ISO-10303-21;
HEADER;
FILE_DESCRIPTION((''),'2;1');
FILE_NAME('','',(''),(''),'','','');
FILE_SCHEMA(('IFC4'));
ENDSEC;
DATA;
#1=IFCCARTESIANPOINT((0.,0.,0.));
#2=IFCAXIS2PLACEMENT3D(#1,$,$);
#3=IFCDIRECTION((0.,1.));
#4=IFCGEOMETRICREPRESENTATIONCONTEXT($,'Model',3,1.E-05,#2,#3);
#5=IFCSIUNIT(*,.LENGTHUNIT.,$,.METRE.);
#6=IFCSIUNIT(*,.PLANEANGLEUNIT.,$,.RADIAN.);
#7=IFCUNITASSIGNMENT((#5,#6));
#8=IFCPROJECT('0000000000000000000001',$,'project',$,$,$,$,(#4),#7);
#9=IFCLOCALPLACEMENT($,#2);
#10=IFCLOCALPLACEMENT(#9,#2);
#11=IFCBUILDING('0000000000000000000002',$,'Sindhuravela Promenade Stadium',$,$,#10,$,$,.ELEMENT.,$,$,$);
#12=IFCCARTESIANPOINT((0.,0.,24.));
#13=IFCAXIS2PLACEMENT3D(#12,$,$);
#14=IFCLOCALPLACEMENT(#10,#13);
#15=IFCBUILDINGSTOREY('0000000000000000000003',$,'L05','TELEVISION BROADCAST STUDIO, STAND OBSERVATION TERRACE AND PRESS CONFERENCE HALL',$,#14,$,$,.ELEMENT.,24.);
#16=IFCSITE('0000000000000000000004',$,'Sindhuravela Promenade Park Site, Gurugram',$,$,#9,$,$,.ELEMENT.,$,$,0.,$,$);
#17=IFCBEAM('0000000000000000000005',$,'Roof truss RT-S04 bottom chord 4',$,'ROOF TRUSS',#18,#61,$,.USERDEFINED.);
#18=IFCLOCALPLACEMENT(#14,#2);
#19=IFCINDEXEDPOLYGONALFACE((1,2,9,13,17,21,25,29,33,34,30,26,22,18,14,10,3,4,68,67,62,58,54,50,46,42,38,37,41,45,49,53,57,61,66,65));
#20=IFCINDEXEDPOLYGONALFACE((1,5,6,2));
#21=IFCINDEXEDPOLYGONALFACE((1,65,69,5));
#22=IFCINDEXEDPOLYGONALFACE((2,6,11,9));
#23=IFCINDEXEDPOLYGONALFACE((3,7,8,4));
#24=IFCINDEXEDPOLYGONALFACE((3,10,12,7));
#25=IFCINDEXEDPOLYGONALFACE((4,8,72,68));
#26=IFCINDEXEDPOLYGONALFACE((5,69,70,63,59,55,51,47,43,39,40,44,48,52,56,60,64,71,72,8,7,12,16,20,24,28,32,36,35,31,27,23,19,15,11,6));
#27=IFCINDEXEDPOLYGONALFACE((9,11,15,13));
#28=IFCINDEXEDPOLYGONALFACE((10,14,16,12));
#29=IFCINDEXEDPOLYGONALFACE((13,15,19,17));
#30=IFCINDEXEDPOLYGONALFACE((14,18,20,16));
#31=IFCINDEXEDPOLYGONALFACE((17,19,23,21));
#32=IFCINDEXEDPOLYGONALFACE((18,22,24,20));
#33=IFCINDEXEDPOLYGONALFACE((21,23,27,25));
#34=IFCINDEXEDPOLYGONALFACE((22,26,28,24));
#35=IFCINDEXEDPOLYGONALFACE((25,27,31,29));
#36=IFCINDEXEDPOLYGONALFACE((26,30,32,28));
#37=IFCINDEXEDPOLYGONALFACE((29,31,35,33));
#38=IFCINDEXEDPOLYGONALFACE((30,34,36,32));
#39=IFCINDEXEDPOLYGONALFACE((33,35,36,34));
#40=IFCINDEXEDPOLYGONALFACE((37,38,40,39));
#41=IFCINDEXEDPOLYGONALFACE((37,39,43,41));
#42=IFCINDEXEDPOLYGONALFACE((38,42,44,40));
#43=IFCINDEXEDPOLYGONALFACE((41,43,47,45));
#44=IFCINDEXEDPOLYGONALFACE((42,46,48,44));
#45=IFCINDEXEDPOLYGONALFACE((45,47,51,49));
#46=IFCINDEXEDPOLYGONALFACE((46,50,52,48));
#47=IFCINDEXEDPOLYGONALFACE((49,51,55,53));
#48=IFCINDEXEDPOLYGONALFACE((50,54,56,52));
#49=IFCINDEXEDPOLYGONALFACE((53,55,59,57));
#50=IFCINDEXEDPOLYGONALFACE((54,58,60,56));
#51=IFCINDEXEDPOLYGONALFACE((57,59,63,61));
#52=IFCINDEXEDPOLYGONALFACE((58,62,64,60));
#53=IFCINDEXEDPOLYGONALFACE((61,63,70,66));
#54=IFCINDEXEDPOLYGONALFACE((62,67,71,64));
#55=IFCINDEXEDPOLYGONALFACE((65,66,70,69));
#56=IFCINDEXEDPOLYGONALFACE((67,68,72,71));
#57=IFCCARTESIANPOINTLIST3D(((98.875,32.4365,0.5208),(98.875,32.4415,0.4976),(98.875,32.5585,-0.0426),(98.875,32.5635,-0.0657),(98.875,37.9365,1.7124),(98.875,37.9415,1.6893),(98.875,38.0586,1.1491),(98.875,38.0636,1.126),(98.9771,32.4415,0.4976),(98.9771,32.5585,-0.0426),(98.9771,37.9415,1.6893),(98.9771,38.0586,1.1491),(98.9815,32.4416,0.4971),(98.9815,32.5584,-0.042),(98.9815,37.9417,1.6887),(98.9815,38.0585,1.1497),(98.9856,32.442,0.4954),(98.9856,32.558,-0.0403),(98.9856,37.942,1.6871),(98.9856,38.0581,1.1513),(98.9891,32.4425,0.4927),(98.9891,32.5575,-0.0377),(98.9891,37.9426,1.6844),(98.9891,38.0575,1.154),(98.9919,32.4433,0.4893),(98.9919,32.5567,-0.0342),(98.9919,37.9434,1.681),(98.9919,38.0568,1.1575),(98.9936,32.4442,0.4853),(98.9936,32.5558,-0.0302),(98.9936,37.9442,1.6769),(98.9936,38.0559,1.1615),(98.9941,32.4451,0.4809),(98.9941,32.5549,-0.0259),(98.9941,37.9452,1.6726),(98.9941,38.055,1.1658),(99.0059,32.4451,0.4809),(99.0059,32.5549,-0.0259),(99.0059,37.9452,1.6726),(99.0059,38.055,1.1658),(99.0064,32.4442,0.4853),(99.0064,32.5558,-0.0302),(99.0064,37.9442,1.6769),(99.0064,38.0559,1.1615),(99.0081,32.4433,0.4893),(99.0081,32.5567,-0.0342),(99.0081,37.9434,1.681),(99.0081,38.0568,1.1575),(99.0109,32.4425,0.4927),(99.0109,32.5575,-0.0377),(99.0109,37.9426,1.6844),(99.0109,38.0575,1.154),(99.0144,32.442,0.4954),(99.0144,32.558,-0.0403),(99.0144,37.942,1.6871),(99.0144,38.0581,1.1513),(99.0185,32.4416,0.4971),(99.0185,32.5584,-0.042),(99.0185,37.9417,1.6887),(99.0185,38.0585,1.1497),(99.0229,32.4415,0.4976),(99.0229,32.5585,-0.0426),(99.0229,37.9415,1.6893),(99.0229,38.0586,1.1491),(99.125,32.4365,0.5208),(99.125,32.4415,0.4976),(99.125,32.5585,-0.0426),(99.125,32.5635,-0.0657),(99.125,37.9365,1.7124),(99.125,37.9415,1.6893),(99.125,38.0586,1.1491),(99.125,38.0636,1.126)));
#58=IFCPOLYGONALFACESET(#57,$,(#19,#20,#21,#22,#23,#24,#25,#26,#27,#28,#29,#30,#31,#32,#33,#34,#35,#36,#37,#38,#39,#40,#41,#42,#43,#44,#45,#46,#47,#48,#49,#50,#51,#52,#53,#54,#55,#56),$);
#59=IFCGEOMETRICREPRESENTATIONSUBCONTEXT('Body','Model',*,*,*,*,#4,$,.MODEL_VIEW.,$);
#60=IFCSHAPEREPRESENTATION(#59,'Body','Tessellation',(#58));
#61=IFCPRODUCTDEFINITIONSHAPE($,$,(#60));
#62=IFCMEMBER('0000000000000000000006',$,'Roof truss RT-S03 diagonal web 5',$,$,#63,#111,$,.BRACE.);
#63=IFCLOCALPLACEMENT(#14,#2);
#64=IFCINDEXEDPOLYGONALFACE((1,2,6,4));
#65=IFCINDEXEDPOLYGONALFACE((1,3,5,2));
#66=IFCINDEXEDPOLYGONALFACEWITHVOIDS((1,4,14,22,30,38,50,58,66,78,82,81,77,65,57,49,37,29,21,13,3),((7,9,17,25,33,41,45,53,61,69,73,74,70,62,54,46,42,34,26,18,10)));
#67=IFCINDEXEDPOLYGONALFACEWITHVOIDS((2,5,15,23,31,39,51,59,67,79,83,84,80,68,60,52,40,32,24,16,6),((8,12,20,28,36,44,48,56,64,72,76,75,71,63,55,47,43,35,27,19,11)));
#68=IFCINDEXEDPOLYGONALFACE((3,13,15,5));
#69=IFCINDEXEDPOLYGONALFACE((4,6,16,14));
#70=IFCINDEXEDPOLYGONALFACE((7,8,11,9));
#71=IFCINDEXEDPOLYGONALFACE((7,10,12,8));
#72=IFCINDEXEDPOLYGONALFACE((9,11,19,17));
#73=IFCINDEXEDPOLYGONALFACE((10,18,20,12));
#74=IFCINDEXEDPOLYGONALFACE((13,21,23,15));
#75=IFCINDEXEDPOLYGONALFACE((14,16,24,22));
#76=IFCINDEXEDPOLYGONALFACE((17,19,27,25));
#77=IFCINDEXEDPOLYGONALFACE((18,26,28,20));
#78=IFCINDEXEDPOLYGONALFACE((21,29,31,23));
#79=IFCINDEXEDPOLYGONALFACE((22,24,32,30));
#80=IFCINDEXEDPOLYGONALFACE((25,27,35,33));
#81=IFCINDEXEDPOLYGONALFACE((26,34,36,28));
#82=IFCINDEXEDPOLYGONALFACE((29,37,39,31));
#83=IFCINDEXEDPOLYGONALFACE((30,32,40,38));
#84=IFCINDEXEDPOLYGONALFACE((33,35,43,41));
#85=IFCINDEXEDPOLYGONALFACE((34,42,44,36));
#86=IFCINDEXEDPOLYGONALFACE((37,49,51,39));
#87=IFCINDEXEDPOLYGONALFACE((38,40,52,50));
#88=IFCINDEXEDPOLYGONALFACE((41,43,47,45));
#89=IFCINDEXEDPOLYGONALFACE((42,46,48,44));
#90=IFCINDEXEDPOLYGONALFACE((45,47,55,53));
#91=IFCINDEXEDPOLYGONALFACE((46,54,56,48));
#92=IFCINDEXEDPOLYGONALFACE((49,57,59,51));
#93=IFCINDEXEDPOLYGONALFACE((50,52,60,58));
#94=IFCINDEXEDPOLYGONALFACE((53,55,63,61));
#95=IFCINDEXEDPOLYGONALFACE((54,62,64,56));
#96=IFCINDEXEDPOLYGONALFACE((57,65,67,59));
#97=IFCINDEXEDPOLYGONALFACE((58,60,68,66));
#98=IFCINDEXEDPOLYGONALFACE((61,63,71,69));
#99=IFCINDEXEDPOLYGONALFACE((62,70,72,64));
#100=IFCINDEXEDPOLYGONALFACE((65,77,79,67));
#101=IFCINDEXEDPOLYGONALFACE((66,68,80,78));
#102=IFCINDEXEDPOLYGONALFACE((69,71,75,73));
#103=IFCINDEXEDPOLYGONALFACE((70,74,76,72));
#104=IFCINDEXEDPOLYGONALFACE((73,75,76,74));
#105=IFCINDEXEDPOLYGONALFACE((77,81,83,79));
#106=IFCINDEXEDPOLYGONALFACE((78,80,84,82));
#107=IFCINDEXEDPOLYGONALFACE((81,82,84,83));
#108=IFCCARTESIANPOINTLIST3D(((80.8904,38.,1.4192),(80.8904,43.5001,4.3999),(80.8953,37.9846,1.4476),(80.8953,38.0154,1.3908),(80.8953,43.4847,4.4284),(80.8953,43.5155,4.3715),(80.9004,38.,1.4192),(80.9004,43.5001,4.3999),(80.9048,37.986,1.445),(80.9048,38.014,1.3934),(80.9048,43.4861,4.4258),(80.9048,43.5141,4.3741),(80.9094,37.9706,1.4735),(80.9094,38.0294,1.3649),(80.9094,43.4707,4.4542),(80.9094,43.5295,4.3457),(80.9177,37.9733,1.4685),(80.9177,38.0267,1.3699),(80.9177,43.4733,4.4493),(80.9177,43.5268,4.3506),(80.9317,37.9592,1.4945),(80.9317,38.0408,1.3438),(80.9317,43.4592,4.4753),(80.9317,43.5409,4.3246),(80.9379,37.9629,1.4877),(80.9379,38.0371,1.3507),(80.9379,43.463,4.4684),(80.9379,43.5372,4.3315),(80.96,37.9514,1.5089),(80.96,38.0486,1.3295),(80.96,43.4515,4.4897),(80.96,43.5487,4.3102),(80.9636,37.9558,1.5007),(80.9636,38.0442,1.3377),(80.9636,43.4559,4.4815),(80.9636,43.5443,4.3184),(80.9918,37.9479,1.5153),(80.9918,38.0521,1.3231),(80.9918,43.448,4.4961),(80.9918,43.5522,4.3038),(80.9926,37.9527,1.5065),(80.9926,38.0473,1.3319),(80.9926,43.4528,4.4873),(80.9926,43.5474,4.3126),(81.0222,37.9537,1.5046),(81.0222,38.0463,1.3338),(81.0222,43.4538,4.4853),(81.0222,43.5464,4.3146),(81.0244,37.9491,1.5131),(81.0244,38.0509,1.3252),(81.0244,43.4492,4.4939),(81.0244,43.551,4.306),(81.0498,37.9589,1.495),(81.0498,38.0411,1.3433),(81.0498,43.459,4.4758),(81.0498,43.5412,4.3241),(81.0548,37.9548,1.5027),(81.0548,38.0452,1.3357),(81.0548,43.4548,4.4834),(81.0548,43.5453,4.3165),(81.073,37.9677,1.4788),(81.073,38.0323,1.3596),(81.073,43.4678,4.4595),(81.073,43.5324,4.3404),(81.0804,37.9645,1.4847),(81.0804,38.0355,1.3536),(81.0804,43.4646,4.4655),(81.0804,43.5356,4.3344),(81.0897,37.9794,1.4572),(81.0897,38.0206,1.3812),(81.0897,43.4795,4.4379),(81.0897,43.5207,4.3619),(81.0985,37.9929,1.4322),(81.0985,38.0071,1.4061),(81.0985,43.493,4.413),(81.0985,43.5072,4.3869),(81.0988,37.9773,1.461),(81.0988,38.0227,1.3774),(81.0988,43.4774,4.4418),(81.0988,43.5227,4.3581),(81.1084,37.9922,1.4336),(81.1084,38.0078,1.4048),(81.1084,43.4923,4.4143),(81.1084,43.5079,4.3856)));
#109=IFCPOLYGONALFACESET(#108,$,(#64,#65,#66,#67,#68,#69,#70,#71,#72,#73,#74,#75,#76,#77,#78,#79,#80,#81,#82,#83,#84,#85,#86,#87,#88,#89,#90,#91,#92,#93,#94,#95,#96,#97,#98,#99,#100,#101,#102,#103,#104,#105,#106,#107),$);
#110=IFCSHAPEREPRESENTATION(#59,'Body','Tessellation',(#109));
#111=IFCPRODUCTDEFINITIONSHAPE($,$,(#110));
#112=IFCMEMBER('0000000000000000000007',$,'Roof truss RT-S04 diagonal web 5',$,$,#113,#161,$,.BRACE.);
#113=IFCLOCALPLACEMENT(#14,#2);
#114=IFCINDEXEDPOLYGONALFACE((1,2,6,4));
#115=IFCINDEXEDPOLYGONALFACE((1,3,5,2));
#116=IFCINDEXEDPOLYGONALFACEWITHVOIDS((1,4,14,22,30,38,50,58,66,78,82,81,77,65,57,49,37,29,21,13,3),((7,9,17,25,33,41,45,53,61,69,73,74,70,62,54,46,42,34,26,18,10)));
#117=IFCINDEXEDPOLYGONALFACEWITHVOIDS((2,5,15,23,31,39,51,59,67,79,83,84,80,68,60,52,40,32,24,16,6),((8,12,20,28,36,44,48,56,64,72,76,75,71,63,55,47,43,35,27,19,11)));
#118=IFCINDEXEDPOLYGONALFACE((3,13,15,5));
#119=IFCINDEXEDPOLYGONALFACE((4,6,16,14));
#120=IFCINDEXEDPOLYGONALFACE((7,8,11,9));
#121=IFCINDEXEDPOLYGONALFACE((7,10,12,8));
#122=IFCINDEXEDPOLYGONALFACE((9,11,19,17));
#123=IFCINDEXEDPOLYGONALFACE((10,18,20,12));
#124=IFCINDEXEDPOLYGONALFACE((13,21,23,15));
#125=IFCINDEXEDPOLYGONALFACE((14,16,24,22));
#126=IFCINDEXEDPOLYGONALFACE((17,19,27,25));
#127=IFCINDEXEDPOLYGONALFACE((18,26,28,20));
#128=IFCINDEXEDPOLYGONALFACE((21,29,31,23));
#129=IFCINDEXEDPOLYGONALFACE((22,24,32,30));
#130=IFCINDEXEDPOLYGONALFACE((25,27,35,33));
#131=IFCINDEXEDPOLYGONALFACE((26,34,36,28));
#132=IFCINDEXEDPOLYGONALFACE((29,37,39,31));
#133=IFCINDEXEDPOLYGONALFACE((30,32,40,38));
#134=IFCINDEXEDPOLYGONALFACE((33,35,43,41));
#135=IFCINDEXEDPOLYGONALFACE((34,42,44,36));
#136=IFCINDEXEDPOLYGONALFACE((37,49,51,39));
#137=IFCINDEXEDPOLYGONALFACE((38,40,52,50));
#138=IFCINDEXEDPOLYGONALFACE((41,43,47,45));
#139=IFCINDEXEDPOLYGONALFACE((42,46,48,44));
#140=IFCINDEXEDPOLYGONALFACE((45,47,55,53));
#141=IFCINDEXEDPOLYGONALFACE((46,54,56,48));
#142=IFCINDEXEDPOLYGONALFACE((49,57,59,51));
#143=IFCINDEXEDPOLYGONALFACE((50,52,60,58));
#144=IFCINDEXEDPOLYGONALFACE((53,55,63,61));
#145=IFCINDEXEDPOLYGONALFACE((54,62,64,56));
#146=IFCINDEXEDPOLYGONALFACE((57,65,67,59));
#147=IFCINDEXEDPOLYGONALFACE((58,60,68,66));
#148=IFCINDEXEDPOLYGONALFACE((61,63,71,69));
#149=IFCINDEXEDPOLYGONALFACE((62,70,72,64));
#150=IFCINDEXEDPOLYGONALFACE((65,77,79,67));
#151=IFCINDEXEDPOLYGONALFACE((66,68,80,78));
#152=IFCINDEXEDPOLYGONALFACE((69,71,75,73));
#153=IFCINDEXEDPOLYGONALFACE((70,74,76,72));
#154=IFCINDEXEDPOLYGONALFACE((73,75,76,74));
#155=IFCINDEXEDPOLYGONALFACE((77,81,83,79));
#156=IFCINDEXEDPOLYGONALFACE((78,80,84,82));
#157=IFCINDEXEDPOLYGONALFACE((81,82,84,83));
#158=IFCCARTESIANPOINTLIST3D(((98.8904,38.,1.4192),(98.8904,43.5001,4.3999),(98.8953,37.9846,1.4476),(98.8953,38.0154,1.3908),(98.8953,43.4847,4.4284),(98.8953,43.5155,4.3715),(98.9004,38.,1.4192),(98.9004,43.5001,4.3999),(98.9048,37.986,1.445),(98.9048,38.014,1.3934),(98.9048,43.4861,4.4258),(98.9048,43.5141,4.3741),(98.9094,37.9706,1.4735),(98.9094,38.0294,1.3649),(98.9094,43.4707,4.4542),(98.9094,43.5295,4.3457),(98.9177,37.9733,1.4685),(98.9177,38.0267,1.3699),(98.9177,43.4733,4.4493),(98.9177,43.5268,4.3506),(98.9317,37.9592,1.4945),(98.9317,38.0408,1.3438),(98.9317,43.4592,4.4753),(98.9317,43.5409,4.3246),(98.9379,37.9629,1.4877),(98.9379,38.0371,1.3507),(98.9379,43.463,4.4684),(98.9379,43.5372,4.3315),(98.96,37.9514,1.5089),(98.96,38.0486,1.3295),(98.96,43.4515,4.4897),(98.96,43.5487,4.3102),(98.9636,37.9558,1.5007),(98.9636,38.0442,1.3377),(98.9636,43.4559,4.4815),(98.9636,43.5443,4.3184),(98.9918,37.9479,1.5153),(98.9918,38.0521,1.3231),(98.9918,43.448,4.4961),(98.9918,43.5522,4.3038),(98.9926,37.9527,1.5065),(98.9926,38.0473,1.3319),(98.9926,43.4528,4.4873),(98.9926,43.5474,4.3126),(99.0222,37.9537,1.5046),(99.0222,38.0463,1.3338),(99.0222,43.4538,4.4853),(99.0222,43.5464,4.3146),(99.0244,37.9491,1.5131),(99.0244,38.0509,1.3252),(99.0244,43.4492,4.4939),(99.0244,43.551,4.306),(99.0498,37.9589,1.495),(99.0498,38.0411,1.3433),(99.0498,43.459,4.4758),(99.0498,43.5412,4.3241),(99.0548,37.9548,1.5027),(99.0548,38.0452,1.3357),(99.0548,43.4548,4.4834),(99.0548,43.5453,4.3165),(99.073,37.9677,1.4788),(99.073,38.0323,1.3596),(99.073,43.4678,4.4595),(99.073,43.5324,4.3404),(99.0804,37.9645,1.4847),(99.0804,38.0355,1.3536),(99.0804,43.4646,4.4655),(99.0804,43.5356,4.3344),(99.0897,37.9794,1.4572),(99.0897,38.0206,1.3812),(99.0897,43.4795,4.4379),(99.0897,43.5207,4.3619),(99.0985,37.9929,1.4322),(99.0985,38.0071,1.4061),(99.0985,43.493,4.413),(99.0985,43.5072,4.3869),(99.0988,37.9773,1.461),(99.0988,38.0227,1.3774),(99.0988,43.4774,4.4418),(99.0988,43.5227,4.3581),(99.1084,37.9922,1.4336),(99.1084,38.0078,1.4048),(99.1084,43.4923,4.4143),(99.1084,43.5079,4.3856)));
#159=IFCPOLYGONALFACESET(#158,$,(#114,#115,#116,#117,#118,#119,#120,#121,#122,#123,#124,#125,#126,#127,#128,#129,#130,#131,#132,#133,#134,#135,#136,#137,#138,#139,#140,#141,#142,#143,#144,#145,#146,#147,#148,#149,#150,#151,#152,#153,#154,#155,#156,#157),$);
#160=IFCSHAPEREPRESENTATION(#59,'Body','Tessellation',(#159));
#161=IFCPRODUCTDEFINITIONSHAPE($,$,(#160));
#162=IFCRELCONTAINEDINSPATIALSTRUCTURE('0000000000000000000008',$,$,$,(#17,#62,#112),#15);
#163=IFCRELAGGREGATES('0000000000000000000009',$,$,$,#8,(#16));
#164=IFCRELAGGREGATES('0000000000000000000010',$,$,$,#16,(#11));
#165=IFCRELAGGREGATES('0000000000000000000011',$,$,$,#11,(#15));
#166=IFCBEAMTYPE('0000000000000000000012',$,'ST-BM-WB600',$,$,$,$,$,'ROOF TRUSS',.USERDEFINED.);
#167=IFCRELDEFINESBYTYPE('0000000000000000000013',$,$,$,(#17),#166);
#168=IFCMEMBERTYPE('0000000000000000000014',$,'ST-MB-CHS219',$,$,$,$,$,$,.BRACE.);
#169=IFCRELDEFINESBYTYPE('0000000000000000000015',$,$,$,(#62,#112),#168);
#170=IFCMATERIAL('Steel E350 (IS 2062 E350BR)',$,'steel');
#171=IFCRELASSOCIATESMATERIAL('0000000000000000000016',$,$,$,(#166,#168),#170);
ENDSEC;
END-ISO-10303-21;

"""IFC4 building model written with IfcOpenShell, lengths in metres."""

from ifc_helpers import new_model, si_unit, direction, frame, origin, origin_2d, place, context, subcontext, project, spatial, hollow_circle, i_section, extrude, material, material_profile, profile_set, type_object, element, save


model = new_model("IFC4")

# Units and contexts
model_context = context("Model", 3, precision=1e-05, world=origin(), true_north=direction((0.0, 1.0)))
body_context = subcontext(model_context, "Body", "Model", "MODEL_VIEW")
ifc_project = project(units=[si_unit("LENGTHUNIT", "METRE"), si_unit("PLANEANGLEUNIT", "RADIAN")], contexts=[model_context])

# Site, building, storey
site_placement = place(None, origin())
site = spatial("IfcSite", under=ifc_project, at=site_placement, Name="Sindhuravela Promenade Park Site, Gurugram", CompositionType="ELEMENT", RefElevation=0.0)
building_placement = place(site_placement, origin())
building = spatial("IfcBuilding", under=site, at=building_placement, Name="Sindhuravela Promenade Stadium", CompositionType="ELEMENT")
storey_placement = place(building_placement, frame((0.0, 0.0, 24.0)))
storey = spatial("IfcBuildingStorey", under=building, at=storey_placement, Name="L05", Description="TELEVISION BROADCAST STUDIO, STAND OBSERVATION TERRACE AND PRESS CONFERENCE HALL", CompositionType="ELEMENT", Elevation=24.0)

# Beam
ifc_material_1 = material(Name="Steel E350 (IS 2062 E350BR)", Category="steel")
ifc_material_profile_1 = material_profile(ifc_material_1, i_section(OverallWidth=0.25, OverallDepth=0.6001, WebThickness=0.0117, FlangeThickness=0.0237, FilletRadius=0.0171, at=origin_2d()), Name="ISWB 600")
ifc_profile_set_1 = profile_set([ifc_material_profile_1], Name="Steel E350 (IS 2062 E350BR)")
beam_type_1 = type_object("IfcBeamType", Name="ST-BM-WB600", ElementType="ROOF TRUSS", PredefinedType="USERDEFINED", material=ifc_profile_set_1)
beam_1_placement = place(storey_placement, frame((99.0, 32.5, 0.2275), z_axis=(0.0, 0.977324, 0.211751), x_axis=(-1.0, 0.0, 0.0)))
element("IfcBeam", 1, at=beam_1_placement, inside=storey, type_object=beam_type_1, Name="Roof truss RT-S04 bottom chord 4", ObjectType="ROOF TRUSS", PredefinedType="USERDEFINED", context=body_context, shape_type="SweptSolid", body=[
    extrude(i_section(OverallWidth=0.25, OverallDepth=0.6001, WebThickness=0.0117, FlangeThickness=0.0237, FilletRadius=0.0171, at=origin_2d()), origin(), (0.0, 0.0, 1.0), 5.6277),
])

# Members
ifc_material_profile_2 = material_profile(ifc_material_1, hollow_circle(Radius=0.1096, WallThickness=0.01, at=origin_2d()), Name="CHS 219.1x10")
ifc_profile_set_2 = profile_set([ifc_material_profile_2], Name="Steel E350 (IS 2062 E350BR)")
member_type_1 = type_object("IfcMemberType", Name="ST-MB-CHS219", PredefinedType="BRACE", material=ifc_profile_set_2)
for number, where, z_axis, x_axis, name in (
    (2, (81.0, 38.0, 1.4192), (0.0, 0.879188, 0.476474), (-1.0, 0.0, 0.0), "Roof truss RT-S03 diagonal web 5"),
    (3, (99.0, 38.0, 1.4192), (0.0, 0.879188, 0.476474), (-1.0, 0.0, 0.0), "Roof truss RT-S04 diagonal web 5"),
):
    element("IfcMember", number, at=place(storey_placement, frame(where, z_axis=z_axis, x_axis=x_axis)), inside=storey, type_object=member_type_1, Name=name, PredefinedType="BRACE", context=body_context, shape_type="SweptSolid", body=[
        extrude(hollow_circle(Radius=0.1096, WallThickness=0.01, at=origin_2d()), origin(), (0.0, 0.0, 1.0), 6.2559),
    ])

save(model, "model.ifc")
